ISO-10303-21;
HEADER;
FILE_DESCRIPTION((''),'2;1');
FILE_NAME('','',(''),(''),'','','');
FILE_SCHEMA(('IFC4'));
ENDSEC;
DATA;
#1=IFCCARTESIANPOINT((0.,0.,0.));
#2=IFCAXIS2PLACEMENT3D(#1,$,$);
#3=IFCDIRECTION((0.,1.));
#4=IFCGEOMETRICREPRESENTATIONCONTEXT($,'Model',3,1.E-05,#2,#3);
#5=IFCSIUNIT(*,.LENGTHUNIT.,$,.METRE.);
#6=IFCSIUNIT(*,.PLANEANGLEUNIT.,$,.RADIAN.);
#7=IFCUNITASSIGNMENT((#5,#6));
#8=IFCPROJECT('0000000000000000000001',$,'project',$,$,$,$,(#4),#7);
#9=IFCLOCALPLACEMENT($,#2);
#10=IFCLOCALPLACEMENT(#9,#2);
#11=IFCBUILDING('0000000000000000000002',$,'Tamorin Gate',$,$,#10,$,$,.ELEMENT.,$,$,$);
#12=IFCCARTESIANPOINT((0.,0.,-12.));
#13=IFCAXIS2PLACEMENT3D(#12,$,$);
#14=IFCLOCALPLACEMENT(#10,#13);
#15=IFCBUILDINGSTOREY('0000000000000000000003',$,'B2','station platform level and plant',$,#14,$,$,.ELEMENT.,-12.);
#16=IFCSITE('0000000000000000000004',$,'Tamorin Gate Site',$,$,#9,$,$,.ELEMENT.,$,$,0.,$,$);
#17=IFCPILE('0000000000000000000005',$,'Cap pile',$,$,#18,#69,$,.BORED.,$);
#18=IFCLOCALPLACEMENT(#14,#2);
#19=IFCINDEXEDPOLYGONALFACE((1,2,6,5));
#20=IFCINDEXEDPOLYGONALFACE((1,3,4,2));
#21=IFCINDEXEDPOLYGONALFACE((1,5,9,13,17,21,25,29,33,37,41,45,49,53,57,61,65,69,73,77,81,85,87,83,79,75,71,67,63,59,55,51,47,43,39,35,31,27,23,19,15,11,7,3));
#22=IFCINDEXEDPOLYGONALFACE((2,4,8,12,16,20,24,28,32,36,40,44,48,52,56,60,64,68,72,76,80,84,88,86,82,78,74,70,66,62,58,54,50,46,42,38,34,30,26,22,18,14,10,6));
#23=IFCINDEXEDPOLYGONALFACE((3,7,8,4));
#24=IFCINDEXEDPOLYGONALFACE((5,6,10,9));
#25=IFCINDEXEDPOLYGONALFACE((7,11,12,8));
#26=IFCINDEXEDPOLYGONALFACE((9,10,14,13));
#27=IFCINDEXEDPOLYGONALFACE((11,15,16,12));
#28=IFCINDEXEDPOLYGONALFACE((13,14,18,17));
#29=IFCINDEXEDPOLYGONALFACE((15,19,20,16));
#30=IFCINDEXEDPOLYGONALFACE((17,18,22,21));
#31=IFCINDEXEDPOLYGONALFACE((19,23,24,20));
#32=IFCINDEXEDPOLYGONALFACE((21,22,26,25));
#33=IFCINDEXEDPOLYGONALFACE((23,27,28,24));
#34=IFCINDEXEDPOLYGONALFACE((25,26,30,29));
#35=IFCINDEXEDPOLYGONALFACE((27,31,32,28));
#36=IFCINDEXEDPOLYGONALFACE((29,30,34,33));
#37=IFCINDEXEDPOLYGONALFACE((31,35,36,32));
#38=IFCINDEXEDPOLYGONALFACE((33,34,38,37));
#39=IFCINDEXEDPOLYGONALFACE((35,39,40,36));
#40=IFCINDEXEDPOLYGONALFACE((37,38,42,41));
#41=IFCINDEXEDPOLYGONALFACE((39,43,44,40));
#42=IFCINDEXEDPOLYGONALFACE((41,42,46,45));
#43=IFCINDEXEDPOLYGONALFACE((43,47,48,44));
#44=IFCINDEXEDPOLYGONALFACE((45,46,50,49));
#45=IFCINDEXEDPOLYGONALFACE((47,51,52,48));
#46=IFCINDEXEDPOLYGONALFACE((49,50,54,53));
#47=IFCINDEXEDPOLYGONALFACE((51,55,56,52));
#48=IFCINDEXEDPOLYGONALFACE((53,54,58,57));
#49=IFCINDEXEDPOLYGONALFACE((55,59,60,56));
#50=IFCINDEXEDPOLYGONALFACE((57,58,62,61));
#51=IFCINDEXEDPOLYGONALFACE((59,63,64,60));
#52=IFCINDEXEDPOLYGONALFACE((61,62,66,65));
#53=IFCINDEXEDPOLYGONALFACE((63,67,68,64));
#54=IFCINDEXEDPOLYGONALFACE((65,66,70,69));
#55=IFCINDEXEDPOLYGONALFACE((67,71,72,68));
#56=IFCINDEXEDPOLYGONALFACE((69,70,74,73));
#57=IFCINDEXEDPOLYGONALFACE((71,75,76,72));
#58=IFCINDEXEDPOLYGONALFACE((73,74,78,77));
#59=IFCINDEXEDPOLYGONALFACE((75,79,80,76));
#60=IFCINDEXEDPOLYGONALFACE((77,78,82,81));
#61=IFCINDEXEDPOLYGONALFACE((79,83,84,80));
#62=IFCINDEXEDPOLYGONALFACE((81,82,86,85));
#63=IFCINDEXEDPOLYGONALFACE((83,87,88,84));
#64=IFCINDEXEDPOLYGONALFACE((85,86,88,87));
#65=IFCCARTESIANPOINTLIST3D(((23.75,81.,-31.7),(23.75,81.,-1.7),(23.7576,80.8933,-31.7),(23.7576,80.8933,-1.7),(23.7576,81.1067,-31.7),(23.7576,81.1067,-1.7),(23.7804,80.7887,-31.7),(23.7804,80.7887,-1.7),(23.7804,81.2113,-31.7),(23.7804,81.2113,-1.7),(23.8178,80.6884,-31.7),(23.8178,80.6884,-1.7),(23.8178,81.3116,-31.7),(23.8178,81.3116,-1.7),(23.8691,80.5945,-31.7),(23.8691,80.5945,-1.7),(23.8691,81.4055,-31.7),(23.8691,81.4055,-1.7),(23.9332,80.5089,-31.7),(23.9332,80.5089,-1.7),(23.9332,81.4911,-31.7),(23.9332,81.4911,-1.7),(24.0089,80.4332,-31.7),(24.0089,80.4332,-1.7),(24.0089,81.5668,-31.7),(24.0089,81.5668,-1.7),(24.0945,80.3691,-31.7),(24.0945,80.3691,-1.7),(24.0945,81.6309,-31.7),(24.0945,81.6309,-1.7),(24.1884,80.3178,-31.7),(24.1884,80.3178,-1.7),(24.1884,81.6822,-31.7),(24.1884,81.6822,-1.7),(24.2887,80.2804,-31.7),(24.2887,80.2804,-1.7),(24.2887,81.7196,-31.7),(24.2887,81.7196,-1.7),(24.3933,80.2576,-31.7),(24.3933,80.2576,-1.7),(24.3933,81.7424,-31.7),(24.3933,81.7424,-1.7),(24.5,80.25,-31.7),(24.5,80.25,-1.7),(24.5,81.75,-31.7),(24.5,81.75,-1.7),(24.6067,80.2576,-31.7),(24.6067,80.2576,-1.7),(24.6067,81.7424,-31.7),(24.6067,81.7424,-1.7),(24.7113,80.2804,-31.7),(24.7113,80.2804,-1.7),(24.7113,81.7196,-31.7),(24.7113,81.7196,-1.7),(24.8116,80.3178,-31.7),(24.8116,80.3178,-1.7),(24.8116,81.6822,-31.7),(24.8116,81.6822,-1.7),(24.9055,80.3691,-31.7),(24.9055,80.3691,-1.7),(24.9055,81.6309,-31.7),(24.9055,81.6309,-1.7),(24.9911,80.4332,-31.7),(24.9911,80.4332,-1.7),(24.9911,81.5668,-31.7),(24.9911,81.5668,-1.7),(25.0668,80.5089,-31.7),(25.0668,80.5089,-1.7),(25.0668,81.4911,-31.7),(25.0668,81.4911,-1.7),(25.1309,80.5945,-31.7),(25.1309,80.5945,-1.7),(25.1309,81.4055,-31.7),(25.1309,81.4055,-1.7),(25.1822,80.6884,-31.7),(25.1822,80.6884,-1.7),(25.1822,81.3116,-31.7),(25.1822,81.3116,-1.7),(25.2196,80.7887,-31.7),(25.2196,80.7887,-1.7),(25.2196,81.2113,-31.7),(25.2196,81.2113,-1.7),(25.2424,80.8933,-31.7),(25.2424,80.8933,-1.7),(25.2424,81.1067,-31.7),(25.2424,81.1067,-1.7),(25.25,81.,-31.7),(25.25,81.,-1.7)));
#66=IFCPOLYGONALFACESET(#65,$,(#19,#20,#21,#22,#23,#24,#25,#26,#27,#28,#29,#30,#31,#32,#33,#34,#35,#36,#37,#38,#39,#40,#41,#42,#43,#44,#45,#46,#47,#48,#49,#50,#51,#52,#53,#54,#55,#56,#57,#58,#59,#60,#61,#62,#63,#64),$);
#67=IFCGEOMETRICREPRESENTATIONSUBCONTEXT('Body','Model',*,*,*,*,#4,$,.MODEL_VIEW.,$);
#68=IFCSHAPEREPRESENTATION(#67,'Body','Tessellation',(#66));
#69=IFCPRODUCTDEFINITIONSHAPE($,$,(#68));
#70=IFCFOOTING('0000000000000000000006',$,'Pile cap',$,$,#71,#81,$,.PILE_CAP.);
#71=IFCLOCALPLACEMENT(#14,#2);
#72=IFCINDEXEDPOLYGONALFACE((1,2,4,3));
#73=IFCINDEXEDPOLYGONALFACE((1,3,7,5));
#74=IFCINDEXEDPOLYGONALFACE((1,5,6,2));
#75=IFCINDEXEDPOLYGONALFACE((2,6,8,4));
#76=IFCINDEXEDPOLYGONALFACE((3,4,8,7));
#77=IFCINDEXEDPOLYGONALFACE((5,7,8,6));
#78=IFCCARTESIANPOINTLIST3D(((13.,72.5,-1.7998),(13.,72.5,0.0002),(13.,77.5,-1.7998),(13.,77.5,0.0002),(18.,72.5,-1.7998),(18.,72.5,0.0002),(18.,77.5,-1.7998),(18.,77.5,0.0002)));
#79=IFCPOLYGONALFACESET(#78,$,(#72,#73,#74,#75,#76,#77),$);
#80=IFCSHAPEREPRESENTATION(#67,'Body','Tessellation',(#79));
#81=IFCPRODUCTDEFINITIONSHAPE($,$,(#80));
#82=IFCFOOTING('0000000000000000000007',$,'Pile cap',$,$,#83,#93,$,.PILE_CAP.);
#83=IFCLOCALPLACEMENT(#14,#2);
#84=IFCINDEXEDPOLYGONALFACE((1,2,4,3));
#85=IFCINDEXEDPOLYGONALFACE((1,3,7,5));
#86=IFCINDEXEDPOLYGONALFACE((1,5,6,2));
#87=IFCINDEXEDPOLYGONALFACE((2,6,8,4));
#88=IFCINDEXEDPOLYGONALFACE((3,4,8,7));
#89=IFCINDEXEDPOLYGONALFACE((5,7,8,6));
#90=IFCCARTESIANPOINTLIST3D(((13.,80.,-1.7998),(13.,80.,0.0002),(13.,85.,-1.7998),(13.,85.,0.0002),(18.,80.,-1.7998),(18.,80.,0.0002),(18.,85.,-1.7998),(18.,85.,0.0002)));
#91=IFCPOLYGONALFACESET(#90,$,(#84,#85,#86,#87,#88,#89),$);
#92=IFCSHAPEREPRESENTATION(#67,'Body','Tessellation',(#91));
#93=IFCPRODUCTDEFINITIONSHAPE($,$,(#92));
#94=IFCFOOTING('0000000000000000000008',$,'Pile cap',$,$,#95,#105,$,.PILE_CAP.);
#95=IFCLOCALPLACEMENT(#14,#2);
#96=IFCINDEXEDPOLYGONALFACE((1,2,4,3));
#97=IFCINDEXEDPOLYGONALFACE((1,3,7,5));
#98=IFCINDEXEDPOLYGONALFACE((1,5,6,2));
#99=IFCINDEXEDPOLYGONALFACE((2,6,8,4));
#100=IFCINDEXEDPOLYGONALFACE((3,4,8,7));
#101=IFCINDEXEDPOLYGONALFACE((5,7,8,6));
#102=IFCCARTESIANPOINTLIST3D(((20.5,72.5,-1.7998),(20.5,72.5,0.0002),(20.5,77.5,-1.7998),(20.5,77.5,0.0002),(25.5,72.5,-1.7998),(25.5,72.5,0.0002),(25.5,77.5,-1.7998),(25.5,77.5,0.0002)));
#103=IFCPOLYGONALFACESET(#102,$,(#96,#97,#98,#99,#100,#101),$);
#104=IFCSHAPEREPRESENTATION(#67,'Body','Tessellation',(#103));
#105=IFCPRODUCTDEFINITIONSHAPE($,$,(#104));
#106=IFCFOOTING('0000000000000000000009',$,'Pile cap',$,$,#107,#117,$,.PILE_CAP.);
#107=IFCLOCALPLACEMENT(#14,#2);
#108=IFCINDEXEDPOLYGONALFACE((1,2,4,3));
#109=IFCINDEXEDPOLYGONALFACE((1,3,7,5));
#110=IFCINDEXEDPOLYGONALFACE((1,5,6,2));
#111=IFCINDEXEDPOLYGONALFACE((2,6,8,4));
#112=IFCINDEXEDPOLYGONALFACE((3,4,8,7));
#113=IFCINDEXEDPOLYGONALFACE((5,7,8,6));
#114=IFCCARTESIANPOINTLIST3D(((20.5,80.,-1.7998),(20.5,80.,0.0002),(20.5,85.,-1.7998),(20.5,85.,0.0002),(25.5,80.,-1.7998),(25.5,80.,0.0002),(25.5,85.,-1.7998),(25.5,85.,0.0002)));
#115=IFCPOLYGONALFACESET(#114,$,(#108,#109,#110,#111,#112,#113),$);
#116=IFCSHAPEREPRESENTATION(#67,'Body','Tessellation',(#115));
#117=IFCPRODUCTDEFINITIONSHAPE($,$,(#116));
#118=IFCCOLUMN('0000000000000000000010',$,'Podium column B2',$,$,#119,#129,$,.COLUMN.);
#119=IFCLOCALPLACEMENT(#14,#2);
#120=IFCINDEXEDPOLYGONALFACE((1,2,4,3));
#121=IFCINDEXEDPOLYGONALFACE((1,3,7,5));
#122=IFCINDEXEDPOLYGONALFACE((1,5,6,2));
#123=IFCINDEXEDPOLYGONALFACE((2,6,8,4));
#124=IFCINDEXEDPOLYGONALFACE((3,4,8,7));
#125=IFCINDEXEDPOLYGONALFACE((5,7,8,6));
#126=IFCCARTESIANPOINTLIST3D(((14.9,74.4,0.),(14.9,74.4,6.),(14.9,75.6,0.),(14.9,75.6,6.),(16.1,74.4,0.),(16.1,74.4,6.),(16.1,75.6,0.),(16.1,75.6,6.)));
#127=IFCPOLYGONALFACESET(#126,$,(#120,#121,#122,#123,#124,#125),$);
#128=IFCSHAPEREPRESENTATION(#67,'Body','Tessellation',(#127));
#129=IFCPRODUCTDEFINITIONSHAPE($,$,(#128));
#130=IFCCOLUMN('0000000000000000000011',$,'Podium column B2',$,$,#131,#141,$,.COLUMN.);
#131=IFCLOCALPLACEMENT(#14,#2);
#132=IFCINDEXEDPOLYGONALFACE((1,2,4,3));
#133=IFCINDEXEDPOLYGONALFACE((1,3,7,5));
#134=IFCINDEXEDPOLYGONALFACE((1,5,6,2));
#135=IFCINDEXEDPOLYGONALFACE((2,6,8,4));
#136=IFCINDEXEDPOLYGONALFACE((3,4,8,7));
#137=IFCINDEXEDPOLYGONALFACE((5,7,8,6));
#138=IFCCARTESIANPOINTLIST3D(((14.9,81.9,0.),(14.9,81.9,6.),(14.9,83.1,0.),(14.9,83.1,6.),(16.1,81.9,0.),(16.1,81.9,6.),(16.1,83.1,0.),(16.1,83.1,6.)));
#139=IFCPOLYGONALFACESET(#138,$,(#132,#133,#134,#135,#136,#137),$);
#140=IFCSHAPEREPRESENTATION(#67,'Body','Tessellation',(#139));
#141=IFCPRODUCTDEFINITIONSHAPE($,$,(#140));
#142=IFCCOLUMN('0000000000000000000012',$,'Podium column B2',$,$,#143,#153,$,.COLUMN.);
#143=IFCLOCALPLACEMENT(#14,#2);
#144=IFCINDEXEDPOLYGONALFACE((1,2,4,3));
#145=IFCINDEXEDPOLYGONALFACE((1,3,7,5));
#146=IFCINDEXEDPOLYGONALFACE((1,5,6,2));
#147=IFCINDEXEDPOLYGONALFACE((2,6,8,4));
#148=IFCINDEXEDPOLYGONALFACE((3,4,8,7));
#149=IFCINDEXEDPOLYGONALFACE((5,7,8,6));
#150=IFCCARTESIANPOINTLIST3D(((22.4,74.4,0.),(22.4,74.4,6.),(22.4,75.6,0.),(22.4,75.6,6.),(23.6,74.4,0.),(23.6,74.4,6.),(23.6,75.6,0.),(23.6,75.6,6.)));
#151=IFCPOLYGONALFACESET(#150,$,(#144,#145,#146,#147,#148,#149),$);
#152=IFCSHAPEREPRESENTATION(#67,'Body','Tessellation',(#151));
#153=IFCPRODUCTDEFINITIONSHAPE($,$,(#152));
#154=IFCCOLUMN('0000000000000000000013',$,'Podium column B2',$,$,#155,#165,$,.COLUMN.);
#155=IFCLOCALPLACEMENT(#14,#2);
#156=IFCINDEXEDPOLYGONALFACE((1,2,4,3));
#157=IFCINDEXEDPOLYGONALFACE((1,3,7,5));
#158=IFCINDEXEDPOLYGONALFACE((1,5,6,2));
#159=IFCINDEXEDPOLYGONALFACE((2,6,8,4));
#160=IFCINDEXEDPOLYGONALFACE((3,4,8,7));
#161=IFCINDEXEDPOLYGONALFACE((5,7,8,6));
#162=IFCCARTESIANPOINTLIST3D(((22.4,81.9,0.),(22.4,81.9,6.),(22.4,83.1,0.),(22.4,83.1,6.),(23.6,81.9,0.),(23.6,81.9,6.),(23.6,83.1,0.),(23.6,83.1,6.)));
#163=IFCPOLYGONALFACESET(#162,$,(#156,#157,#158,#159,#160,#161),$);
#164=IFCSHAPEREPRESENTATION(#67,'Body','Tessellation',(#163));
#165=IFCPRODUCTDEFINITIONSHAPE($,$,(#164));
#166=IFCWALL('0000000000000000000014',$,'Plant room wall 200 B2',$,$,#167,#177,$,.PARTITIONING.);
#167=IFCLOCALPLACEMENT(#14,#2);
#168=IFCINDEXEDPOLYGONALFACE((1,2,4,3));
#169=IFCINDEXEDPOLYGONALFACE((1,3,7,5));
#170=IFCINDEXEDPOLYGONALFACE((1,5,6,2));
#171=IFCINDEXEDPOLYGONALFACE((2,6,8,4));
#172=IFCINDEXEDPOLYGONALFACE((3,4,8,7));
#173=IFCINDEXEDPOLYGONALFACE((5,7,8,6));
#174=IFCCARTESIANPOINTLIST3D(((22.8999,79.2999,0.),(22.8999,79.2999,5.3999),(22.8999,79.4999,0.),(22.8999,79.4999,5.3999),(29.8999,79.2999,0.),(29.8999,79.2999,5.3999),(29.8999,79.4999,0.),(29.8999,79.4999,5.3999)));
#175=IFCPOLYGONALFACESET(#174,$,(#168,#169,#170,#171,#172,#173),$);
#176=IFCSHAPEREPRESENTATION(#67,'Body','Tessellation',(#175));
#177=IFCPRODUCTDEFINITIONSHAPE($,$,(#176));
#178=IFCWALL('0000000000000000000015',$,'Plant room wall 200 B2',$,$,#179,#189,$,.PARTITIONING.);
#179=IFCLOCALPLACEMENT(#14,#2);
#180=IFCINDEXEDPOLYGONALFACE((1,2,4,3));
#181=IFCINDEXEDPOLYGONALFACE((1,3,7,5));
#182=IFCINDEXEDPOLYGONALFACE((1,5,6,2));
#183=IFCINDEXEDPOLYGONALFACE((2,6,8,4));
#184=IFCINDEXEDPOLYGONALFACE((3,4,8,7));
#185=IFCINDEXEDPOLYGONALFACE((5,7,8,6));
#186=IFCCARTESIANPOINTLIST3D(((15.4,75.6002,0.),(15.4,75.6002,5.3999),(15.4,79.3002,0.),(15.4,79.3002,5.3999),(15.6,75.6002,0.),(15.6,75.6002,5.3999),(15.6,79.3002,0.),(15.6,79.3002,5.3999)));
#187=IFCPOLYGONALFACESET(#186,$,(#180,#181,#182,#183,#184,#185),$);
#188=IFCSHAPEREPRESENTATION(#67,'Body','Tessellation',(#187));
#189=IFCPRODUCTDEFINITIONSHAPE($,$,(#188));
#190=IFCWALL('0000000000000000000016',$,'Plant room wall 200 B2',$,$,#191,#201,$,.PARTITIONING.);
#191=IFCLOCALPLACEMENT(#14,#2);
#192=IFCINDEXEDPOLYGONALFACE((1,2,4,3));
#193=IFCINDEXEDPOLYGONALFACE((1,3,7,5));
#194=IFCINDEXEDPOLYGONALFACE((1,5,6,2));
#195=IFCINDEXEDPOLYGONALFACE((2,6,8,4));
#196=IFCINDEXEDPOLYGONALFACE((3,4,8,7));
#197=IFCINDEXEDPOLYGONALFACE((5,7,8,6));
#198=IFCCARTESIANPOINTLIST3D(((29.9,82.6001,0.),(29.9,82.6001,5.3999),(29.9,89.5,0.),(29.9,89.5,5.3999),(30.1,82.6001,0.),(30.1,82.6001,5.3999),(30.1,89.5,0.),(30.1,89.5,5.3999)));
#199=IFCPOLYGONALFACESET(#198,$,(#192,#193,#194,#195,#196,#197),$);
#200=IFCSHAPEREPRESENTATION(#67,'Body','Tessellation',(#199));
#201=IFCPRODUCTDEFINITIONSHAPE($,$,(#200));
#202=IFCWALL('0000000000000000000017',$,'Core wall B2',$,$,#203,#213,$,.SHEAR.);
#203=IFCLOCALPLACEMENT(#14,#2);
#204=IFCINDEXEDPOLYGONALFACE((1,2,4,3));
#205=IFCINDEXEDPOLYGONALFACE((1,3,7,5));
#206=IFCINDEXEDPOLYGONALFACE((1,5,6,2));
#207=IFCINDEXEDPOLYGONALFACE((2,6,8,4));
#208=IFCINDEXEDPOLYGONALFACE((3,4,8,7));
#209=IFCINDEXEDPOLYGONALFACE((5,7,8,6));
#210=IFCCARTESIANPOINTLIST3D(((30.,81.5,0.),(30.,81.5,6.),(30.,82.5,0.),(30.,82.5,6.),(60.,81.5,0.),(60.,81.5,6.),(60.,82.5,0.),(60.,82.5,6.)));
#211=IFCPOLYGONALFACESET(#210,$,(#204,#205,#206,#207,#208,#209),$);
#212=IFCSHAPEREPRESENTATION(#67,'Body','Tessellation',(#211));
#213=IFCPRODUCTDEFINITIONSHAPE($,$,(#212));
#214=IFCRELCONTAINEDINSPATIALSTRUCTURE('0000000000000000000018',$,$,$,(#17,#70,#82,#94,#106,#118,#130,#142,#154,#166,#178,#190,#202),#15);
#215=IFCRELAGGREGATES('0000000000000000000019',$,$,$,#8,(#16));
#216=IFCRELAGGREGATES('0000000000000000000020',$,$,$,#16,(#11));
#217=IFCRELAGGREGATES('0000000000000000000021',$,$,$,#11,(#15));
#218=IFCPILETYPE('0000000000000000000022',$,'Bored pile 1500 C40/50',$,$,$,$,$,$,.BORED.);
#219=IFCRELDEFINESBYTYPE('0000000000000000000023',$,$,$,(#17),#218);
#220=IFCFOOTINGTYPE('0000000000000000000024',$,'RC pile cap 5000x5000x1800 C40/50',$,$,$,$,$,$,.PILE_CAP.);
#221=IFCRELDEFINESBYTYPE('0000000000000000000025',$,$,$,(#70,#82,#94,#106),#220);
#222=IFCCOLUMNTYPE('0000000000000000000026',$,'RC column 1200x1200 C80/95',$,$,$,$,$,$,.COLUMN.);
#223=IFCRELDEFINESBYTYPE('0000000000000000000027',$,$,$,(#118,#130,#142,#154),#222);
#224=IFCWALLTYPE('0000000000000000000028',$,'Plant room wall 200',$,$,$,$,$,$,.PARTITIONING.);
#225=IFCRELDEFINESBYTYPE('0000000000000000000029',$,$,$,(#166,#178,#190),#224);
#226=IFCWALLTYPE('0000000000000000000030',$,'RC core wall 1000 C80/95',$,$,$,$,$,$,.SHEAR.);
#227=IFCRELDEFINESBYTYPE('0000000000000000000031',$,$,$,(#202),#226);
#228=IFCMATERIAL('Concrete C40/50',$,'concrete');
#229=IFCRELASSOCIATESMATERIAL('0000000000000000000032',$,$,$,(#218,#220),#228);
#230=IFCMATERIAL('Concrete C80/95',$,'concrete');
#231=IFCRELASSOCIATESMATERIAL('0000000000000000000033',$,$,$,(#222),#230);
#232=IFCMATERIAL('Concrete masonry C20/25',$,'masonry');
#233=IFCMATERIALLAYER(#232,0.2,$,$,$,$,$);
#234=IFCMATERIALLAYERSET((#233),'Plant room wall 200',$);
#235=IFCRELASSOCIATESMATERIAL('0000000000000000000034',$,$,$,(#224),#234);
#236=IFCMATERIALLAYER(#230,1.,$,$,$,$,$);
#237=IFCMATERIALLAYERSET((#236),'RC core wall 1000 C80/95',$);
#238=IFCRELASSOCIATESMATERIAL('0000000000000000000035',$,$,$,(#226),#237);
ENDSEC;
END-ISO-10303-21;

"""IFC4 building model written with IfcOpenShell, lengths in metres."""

from ifc_helpers import new_model, si_unit, direction, frame, frame_2d, origin, origin_2d, place, context, subcontext, project, spatial, rectangle, circle, extrude, material, layer, layer_set, material_profile, profile_set, type_object, element, save


model = new_model("IFC4")

# Units and contexts
model_context = context("Model", 3, precision=1e-05, world=origin(), true_north=direction((0.0, 1.0)))
body_context = subcontext(model_context, "Body", "Model", "MODEL_VIEW")
ifc_project = project(units=[si_unit("LENGTHUNIT", "METRE"), si_unit("PLANEANGLEUNIT", "RADIAN")], contexts=[model_context])

# Site, building, storey
site_placement = place(None, origin())
site = spatial("IfcSite", under=ifc_project, at=site_placement, Name="Tamorin Gate Site", CompositionType="ELEMENT", RefElevation=0.0)
building_placement = place(site_placement, origin())
building = spatial("IfcBuilding", under=site, at=building_placement, Name="Tamorin Gate", CompositionType="ELEMENT")
storey_placement = place(building_placement, frame((0.0, 0.0, -12.0)))
storey = spatial("IfcBuildingStorey", under=building, at=storey_placement, Name="B2", Description="station platform level and plant", CompositionType="ELEMENT", Elevation=-12.0)

# Pile
ifc_material_1 = material(Name="Concrete C40/50", Category="concrete")
ifc_material_profile_1 = material_profile(ifc_material_1, circle(Radius=0.75, at=origin_2d()))
ifc_profile_set_1 = profile_set([ifc_material_profile_1], Name="Concrete C40/50")
pile_type = type_object("IfcPileType", Name="Bored pile 1500 C40/50", PredefinedType="BORED", material=ifc_profile_set_1)
for number, where, z_axis, x_axis, name in (
    (1, (24.5, 81.0, -1.7), (0.0, 0.0, -1.0), (1.0, 0.0, 0.0), "Cap pile"),
):
    element("IfcPile", number, at=place(storey_placement, frame(where, z_axis=z_axis, x_axis=x_axis)), inside=storey, type_object=pile_type, Name=name, PredefinedType="BORED", context=body_context, shape_type="SweptSolid", body=[
        extrude(circle(Radius=0.75, at=origin_2d()), origin(), (0.0, 0.0, 1.0), 30.0),
    ])

# Footings
footing_type = type_object("IfcFootingType", Name="RC pile cap 5000x5000x1800 C40/50", PredefinedType="PILE_CAP", material=ifc_material_1)
for number, where, z_axis, x_axis, name in (
    (2, (15.5, 75.0, -1.7998), (0.0, 0.0, 1.0), (1.0, 0.0, 0.0), "Pile cap"),
    (3, (15.5, 82.5, -1.7998), (0.0, 0.0, 1.0), (1.0, 0.0, 0.0), "Pile cap"),
    (4, (23.0, 75.0, -1.7998), (0.0, 0.0, 1.0), (1.0, 0.0, 0.0), "Pile cap"),
    (5, (23.0, 82.5, -1.7998), (0.0, 0.0, 1.0), (1.0, 0.0, 0.0), "Pile cap"),
):
    element("IfcFooting", number, at=place(storey_placement, frame(where, z_axis=z_axis, x_axis=x_axis)), inside=storey, type_object=footing_type, Name=name, PredefinedType="PILE_CAP", context=body_context, shape_type="SweptSolid", body=[
        extrude(rectangle(XDim=5.0, YDim=5.0, at=origin_2d()), origin(), (0.0, 0.0, 1.0), 1.8),
    ])

# Columns
ifc_material_2 = material(Name="Concrete C80/95", Category="concrete")
ifc_material_profile_2 = material_profile(ifc_material_2, rectangle(XDim=1.2, YDim=1.2, at=origin_2d()), Name="RC 1200x1200")
ifc_profile_set_2 = profile_set([ifc_material_profile_2], Name="Concrete C80/95")
column_type = type_object("IfcColumnType", Name="RC column 1200x1200 C80/95", PredefinedType="COLUMN", material=ifc_profile_set_2)
for number, where, z_axis, x_axis, name in (
    (6, (15.5, 75.0, 0.0), (0.0, 0.0, 1.0), (1.0, 0.0, 0.0), "Podium column B2"),
    (7, (15.5, 82.5, 0.0), (0.0, 0.0, 1.0), (1.0, 0.0, 0.0), "Podium column B2"),
    (8, (23.0, 75.0, 0.0), (0.0, 0.0, 1.0), (1.0, 0.0, 0.0), "Podium column B2"),
    (9, (23.0, 82.5, 0.0), (0.0, 0.0, 1.0), (1.0, 0.0, 0.0), "Podium column B2"),
):
    element("IfcColumn", number, at=place(storey_placement, frame(where, z_axis=z_axis, x_axis=x_axis)), inside=storey, type_object=column_type, Name=name, PredefinedType="COLUMN", context=body_context, shape_type="SweptSolid", body=[
        extrude(rectangle(XDim=1.2, YDim=1.2, at=origin_2d()), origin(), (0.0, 0.0, 1.0), 6.0),
    ])

# Walls
ifc_material_3 = material(Name="Concrete masonry C20/25", Category="masonry")
ifc_layer_1 = layer(ifc_material_3, 0.2)
ifc_layer_set_1 = layer_set([ifc_layer_1], Name="Plant room wall 200")
wall_type_1 = type_object("IfcWallType", Name="Plant room wall 200", PredefinedType="PARTITIONING", material=ifc_layer_set_1)
wall_1_placement = place(storey_placement, frame((22.8999, 79.3999, 0.0), z_axis=(0.0, 0.0, 1.0), x_axis=(1.0, 0.0, 0.0)))
element("IfcWall", 10, at=wall_1_placement, inside=storey, type_object=wall_type_1, Name="Plant room wall 200 B2", PredefinedType="PARTITIONING", context=body_context, shape_type="SweptSolid", body=[
    extrude(rectangle(XDim=7.0, YDim=0.2, at=frame_2d((3.5, 0.0))), origin(), (0.0, 0.0, 1.0), 5.3999),
])
wall_2_placement = place(storey_placement, frame((15.5, 75.6001, 0.0), z_axis=(0.0, 0.0, 1.0), x_axis=(0.0, 1.0, 0.0)))
element("IfcWall", 11, at=wall_2_placement, inside=storey, type_object=wall_type_1, Name="Plant room wall 200 B2", PredefinedType="PARTITIONING", context=body_context, shape_type="SweptSolid", body=[
    extrude(rectangle(XDim=3.7, YDim=0.2, at=frame_2d((1.8501, 0.0))), origin(), (0.0, 0.0, 1.0), 5.3999),
])
wall_3_placement = place(storey_placement, frame((30.0, 82.6001, 0.0), z_axis=(0.0, 0.0, 1.0), x_axis=(0.0, 1.0, 0.0)))
element("IfcWall", 12, at=wall_3_placement, inside=storey, type_object=wall_type_1, Name="Plant room wall 200 B2", PredefinedType="PARTITIONING", context=body_context, shape_type="SweptSolid", body=[
    extrude(rectangle(XDim=6.8999, YDim=0.2, at=frame_2d((3.45, 0.0))), origin(), (0.0, 0.0, 1.0), 5.3999),
])
ifc_layer_2 = layer(ifc_material_2, 1.0)
ifc_layer_set_2 = layer_set([ifc_layer_2], Name="RC core wall 1000 C80/95")
wall_type_2 = type_object("IfcWallType", Name="RC core wall 1000 C80/95", PredefinedType="SHEAR", material=ifc_layer_set_2)
wall_4_placement = place(storey_placement, frame((30.0, 82.0, 0.0), z_axis=(0.0, 0.0, 1.0), x_axis=(1.0, 0.0, 0.0)))
element("IfcWall", 13, at=wall_4_placement, inside=storey, type_object=wall_type_2, Name="Core wall B2", PredefinedType="SHEAR", context=body_context, shape_type="SweptSolid", body=[
    extrude(rectangle(XDim=30.0, YDim=1.0, at=frame_2d((15.0, 0.0))), origin(), (0.0, 0.0, 1.0), 6.0),
])

save(model, "model.ifc")
